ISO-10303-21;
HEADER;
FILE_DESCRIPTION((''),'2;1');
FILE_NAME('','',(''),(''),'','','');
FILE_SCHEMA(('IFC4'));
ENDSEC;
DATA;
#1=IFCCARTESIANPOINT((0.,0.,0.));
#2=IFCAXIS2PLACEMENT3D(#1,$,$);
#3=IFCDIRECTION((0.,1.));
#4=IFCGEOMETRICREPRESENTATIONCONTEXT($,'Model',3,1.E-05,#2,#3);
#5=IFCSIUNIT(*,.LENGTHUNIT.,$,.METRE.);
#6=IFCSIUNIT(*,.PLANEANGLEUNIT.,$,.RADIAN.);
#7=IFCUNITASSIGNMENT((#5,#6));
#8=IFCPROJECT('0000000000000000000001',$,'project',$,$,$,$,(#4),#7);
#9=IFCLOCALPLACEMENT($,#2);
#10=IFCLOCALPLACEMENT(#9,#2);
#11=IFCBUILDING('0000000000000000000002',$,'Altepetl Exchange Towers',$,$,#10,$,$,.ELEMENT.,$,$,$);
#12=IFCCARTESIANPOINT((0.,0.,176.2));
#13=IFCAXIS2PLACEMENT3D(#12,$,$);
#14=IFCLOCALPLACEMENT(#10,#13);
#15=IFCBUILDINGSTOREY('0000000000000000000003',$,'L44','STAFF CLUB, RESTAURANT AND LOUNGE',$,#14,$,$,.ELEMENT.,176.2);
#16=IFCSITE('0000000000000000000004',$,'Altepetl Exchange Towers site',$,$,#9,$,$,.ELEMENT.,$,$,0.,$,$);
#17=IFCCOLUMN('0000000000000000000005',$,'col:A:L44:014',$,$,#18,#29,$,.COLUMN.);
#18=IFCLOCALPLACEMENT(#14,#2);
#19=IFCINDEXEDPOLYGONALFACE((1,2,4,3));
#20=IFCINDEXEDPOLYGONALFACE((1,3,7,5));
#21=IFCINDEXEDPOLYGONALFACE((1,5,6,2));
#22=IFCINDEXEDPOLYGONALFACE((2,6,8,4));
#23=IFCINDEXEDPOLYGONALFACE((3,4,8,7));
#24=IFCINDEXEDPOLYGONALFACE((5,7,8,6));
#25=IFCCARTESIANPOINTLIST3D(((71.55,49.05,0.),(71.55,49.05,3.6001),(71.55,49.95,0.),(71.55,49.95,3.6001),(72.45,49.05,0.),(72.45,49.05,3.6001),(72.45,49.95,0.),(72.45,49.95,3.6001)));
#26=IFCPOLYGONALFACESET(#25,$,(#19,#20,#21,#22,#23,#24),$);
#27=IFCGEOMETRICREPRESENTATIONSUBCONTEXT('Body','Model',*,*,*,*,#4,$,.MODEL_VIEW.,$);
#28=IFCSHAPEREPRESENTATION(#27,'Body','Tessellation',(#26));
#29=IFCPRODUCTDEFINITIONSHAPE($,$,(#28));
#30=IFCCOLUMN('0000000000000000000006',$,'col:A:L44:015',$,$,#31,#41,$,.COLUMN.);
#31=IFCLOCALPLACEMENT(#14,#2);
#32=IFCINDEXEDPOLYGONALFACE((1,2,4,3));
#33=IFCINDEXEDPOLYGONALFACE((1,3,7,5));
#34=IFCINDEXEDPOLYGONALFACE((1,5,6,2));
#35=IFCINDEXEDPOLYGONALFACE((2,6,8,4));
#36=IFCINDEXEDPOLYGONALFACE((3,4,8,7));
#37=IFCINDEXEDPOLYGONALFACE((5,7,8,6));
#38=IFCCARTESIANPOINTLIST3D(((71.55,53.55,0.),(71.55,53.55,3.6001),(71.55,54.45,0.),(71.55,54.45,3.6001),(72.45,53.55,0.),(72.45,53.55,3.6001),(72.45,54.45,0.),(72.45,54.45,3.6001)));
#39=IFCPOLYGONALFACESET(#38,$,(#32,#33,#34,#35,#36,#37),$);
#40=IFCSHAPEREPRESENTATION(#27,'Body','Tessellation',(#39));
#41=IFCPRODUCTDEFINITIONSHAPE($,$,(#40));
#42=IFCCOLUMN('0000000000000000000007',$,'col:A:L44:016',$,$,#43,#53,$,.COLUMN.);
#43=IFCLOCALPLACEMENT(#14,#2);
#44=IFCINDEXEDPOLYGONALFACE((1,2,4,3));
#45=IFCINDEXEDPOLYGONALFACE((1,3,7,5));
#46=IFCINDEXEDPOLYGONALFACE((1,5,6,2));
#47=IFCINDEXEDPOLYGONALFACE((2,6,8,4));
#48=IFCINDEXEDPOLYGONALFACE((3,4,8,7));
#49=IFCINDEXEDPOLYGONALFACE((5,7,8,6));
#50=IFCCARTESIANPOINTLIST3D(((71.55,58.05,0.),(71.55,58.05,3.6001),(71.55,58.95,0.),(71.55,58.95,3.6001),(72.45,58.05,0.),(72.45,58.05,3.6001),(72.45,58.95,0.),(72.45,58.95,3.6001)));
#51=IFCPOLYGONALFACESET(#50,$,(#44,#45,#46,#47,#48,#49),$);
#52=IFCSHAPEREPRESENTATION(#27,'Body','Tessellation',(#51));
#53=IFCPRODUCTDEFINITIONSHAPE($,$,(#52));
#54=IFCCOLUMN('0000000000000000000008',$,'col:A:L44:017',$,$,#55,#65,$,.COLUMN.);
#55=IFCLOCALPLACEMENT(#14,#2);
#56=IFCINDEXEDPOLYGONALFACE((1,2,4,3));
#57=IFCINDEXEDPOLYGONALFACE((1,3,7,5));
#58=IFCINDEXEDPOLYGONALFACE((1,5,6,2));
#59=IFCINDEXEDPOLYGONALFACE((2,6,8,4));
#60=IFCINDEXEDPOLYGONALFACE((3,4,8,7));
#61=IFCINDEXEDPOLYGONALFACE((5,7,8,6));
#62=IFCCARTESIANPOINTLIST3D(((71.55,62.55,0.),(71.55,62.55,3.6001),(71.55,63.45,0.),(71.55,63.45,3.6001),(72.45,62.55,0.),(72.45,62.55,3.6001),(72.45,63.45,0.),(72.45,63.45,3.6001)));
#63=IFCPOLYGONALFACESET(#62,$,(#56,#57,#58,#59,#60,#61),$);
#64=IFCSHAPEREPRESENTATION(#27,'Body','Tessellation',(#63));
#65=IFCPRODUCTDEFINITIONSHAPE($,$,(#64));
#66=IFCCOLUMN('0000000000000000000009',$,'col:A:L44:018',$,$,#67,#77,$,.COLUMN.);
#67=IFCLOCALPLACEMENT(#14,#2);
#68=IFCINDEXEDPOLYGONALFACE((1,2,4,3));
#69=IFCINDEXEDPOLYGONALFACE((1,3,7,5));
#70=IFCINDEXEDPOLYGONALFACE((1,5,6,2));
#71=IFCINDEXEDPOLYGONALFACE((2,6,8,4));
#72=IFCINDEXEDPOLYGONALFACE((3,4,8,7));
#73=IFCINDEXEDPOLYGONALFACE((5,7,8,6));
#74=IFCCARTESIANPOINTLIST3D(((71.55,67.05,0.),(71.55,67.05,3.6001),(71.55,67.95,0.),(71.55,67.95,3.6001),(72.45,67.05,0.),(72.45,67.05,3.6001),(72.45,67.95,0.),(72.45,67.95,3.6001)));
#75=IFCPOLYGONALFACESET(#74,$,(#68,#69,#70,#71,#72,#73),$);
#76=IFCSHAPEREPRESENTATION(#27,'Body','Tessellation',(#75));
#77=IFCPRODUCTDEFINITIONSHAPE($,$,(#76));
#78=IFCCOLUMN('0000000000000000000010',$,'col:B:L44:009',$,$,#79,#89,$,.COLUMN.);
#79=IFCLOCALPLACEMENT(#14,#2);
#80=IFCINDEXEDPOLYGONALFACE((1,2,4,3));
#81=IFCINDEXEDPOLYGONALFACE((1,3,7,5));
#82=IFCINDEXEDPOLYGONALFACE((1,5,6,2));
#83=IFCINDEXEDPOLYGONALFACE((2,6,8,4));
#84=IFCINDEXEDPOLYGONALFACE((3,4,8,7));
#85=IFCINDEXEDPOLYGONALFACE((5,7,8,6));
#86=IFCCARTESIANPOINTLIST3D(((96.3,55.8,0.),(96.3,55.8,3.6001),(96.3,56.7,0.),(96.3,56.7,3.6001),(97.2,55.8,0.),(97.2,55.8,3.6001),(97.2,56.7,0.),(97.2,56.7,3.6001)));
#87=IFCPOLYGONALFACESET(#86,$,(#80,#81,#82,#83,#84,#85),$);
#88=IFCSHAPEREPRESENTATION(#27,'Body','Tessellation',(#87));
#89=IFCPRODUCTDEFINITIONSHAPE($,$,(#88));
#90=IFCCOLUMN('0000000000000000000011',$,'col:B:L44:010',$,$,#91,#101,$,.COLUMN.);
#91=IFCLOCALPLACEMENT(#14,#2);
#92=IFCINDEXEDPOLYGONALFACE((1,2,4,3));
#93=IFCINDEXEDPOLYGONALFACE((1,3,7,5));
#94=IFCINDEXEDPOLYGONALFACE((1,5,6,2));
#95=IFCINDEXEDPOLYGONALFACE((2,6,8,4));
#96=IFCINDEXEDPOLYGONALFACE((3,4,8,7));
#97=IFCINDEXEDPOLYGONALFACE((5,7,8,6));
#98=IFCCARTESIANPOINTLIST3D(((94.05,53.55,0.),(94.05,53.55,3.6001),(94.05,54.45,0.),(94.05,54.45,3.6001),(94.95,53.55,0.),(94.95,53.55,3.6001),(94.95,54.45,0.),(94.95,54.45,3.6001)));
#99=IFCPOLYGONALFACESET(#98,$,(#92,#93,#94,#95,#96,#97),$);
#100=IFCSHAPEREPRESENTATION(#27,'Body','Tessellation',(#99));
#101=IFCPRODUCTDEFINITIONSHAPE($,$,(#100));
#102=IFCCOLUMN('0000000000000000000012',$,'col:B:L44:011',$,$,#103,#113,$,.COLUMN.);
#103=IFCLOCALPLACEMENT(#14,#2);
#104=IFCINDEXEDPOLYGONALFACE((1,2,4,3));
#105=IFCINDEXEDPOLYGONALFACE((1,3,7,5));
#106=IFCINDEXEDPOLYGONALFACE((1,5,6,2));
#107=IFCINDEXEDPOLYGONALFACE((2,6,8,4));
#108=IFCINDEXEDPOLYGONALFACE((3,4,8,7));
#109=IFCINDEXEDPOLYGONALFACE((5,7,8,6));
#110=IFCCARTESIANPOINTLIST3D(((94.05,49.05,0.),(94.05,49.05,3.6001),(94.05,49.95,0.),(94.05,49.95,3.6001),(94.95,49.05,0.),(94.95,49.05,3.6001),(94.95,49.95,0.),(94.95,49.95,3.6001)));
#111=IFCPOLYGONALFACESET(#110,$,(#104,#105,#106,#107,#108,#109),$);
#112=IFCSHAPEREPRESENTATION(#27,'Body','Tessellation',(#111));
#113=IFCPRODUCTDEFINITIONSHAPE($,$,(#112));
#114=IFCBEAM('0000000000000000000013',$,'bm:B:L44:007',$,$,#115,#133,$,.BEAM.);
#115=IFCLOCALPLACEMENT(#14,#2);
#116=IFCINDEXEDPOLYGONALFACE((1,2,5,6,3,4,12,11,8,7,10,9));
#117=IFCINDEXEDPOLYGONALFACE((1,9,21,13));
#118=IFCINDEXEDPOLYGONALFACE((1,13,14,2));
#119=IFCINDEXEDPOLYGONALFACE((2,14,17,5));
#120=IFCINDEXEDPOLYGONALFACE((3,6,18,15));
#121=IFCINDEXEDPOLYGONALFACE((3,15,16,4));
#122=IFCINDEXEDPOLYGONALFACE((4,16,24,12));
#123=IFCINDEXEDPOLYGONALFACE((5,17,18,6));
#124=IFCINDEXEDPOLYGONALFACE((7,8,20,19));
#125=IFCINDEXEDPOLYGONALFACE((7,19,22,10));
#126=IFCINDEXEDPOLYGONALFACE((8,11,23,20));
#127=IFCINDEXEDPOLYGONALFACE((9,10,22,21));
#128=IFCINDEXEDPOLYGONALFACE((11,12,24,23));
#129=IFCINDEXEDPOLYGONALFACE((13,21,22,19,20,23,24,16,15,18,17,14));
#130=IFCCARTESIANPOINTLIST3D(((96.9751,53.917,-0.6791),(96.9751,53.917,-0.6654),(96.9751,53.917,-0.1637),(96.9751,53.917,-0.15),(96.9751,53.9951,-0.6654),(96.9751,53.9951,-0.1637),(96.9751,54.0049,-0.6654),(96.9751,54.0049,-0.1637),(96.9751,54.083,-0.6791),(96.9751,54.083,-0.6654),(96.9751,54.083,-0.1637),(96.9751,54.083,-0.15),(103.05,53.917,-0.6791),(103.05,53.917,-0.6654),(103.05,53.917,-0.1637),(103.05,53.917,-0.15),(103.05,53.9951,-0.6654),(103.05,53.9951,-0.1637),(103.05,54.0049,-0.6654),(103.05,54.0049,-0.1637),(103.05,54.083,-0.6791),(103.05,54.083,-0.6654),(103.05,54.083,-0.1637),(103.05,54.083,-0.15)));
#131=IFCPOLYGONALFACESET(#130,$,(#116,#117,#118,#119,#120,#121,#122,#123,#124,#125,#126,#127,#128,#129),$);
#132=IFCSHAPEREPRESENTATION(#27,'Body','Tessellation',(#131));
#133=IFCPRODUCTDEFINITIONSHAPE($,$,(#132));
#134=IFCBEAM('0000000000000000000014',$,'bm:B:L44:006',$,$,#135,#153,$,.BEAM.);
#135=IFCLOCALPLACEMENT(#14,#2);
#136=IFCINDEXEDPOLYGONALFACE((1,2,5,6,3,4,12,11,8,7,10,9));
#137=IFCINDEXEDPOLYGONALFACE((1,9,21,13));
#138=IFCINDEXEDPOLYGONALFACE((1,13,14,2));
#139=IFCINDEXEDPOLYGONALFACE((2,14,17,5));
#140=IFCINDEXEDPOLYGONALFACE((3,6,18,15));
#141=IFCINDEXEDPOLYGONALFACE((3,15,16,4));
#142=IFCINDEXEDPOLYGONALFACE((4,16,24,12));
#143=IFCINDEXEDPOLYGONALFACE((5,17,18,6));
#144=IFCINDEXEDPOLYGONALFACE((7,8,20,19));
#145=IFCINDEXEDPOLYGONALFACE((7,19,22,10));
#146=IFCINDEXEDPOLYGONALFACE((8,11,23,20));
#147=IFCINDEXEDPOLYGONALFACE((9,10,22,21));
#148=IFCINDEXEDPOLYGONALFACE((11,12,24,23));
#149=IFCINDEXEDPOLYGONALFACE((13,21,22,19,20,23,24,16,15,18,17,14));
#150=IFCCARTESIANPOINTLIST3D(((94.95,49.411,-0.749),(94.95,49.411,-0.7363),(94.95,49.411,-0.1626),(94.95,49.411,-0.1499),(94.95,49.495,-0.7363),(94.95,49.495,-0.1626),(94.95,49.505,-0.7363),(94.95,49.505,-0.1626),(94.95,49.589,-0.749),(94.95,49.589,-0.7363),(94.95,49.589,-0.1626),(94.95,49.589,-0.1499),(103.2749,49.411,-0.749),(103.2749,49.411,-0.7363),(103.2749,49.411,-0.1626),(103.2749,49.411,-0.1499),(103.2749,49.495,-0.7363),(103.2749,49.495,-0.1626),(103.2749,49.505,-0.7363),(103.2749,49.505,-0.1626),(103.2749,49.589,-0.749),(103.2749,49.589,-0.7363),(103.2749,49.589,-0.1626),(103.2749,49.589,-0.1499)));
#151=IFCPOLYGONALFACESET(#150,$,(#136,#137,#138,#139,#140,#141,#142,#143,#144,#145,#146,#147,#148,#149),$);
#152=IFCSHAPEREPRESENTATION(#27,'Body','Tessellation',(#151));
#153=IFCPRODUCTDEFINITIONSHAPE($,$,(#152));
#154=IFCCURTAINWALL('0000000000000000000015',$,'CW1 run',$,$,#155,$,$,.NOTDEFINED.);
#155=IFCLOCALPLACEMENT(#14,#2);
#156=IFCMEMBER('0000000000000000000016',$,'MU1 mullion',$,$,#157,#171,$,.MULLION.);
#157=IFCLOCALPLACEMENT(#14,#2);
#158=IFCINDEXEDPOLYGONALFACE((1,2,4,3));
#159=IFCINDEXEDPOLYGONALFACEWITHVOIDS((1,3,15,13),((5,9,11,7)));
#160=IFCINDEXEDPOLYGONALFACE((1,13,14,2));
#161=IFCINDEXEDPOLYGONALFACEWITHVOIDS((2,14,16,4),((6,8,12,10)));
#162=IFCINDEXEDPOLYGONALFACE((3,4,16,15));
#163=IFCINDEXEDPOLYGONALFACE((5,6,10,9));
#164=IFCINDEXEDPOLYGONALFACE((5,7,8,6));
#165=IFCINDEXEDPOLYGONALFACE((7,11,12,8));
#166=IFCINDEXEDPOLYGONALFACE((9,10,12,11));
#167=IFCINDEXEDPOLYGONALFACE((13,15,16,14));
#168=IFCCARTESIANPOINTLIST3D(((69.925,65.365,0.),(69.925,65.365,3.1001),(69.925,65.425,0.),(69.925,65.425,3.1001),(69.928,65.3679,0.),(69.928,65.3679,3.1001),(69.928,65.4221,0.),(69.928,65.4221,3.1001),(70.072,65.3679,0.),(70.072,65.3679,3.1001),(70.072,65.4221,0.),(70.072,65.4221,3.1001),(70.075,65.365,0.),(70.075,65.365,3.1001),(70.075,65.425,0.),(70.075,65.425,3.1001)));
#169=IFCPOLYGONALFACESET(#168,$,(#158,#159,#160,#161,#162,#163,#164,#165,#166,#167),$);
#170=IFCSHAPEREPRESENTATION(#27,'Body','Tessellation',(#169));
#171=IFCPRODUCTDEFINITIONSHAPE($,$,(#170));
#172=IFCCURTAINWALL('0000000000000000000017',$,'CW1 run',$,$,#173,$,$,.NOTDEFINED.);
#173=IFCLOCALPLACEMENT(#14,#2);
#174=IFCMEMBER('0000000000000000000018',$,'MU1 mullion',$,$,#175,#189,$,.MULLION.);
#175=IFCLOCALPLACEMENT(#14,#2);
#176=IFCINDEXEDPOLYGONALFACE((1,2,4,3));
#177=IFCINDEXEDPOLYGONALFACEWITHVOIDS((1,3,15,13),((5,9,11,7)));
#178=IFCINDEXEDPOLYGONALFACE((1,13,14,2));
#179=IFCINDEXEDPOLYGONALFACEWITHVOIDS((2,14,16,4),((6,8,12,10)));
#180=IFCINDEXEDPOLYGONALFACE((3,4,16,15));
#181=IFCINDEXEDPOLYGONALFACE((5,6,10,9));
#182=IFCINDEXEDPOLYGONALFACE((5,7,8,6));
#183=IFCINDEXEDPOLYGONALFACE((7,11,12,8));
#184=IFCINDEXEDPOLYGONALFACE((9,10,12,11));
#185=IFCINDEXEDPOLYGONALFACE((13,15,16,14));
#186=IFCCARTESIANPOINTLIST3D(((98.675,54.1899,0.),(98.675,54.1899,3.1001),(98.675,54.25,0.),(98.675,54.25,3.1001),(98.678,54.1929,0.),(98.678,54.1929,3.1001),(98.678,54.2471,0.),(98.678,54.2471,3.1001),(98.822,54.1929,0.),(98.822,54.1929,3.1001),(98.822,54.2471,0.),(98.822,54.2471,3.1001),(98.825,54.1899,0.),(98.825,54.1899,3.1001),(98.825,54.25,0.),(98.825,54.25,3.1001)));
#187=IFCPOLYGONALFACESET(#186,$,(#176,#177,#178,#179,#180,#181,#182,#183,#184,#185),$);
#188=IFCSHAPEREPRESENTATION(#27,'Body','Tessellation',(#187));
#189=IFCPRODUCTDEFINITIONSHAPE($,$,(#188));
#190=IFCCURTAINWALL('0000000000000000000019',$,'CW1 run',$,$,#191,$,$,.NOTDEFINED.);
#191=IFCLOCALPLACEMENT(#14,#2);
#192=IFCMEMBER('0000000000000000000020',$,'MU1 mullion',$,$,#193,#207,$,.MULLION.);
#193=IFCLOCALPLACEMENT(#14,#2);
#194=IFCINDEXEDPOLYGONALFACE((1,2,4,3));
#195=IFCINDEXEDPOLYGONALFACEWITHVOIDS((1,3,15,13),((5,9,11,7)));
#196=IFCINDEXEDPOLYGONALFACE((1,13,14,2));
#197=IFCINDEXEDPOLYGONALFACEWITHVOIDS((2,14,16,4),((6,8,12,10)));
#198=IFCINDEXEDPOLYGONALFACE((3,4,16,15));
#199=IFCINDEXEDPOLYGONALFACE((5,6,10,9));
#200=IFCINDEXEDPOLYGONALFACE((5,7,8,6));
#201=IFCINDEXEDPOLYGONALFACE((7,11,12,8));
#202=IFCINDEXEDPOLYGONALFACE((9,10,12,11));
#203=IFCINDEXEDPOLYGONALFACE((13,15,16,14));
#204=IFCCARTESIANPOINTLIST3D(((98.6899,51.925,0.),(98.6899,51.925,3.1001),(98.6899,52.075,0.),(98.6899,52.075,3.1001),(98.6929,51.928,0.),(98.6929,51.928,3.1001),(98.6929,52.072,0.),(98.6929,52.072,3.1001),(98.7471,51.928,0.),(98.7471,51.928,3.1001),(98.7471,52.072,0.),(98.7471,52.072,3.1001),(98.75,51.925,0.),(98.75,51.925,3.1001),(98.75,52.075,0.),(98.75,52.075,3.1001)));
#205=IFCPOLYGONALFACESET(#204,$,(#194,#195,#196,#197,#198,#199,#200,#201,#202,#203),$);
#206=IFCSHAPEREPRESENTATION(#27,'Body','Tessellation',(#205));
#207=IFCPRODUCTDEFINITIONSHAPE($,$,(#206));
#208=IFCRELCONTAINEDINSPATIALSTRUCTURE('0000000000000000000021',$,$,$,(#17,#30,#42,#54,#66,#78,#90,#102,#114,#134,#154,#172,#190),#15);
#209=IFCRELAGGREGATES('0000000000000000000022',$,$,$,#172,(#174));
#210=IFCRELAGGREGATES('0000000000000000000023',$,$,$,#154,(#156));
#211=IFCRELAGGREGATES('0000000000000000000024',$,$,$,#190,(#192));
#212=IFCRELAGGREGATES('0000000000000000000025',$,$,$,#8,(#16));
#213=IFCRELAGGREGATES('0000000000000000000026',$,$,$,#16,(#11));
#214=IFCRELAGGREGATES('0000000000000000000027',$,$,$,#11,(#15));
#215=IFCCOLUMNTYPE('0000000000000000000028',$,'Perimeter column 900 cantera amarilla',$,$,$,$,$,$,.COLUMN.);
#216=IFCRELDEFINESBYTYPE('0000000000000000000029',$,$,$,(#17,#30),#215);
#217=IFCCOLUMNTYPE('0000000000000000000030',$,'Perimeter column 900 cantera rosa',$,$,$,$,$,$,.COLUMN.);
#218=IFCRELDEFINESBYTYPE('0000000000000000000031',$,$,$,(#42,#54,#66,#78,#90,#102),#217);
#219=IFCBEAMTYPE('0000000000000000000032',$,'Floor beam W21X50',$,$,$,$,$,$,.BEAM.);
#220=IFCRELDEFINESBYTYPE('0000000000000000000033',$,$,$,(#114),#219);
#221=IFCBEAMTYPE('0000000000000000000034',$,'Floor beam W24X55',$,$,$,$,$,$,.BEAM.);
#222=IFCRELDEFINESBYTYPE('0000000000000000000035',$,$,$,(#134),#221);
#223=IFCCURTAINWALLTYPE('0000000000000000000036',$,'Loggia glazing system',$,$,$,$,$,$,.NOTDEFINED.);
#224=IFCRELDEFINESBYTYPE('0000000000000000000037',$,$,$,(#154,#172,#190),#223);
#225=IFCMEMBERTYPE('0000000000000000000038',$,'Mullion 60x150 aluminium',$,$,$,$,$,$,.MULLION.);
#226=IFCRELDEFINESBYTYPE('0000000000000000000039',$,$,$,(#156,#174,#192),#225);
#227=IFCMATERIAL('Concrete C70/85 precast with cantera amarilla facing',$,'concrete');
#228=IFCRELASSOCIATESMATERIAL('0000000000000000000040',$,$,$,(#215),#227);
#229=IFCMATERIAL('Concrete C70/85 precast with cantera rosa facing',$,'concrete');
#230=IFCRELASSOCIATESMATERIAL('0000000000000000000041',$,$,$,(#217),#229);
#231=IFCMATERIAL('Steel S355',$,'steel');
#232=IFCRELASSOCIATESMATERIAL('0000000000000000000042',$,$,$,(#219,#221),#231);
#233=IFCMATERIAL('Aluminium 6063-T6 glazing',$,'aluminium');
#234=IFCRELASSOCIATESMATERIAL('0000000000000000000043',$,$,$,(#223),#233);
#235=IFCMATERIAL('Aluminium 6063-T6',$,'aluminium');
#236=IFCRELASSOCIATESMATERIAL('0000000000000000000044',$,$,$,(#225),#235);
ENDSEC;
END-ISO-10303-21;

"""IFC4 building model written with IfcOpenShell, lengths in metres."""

from ifc_helpers import new_model, si_unit, direction, frame, origin, origin_2d, place, context, subcontext, project, spatial, rectangle, hollow_rectangle, i_section, extrude, material, material_profile, profile_set, type_object, element, aggregate, save


model = new_model("IFC4")

# Units and contexts
model_context = context("Model", 3, precision=1e-05, world=origin(), true_north=direction((0.0, 1.0)))
body_context = subcontext(model_context, "Body", "Model", "MODEL_VIEW")
ifc_project = project(units=[si_unit("LENGTHUNIT", "METRE"), si_unit("PLANEANGLEUNIT", "RADIAN")], contexts=[model_context])

# Site, building, storey
site_placement = place(None, origin())
site = spatial("IfcSite", under=ifc_project, at=site_placement, Name="Altepetl Exchange Towers site", CompositionType="ELEMENT", RefElevation=0.0)
building_placement = place(site_placement, origin())
building = spatial("IfcBuilding", under=site, at=building_placement, Name="Altepetl Exchange Towers", CompositionType="ELEMENT")
storey_placement = place(building_placement, frame((0.0, 0.0, 176.2)))
storey = spatial("IfcBuildingStorey", under=building, at=storey_placement, Name="L44", Description="STAFF CLUB, RESTAURANT AND LOUNGE", CompositionType="ELEMENT", Elevation=176.2)

# Columns
ifc_material_1 = material(Name="Concrete C70/85 precast with cantera amarilla facing", Category="concrete")
ifc_material_profile_1 = material_profile(ifc_material_1, rectangle(XDim=0.8999, YDim=0.8999, at=origin_2d()), Name="900 x 900")
ifc_profile_set_1 = profile_set([ifc_material_profile_1], Name="Concrete C70/85 precast with cantera amarilla facing")
column_type_1 = type_object("IfcColumnType", Name="Perimeter column 900 cantera amarilla", PredefinedType="COLUMN", material=ifc_profile_set_1)
for number, where, name in (
    (1, (72.0, 49.5, 0.0), "col:A:L44:014"),
    (2, (72.0, 54.0, 0.0), "col:A:L44:015"),
):
    element("IfcColumn", number, at=place(storey_placement, frame(where)), inside=storey, type_object=column_type_1, Name=name, PredefinedType="COLUMN", context=body_context, shape_type="SweptSolid", body=[
        extrude(rectangle(XDim=0.8999, YDim=0.8999, at=origin_2d()), origin(), (0.0, 0.0, 1.0), 3.6001),
    ])
ifc_material_2 = material(Name="Concrete C70/85 precast with cantera rosa facing", Category="concrete")
ifc_material_profile_2 = material_profile(ifc_material_2, rectangle(XDim=0.8999, YDim=0.8999, at=origin_2d()), Name="900 x 900")
ifc_profile_set_2 = profile_set([ifc_material_profile_2], Name="Concrete C70/85 precast with cantera rosa facing")
column_type_2 = type_object("IfcColumnType", Name="Perimeter column 900 cantera rosa", PredefinedType="COLUMN", material=ifc_profile_set_2)
for number, where, name in (
    (3, (72.0, 58.5, 0.0), "col:A:L44:016"),
    (4, (72.0, 63.0, 0.0), "col:A:L44:017"),
    (5, (72.0, 67.5, 0.0), "col:A:L44:018"),
    (6, (96.75, 56.25, 0.0), "col:B:L44:009"),
    (7, (94.5, 54.0, 0.0), "col:B:L44:010"),
    (8, (94.5, 49.5, 0.0), "col:B:L44:011"),
):
    element("IfcColumn", number, at=place(storey_placement, frame(where)), inside=storey, type_object=column_type_2, Name=name, PredefinedType="COLUMN", context=body_context, shape_type="SweptSolid", body=[
        extrude(rectangle(XDim=0.8999, YDim=0.8999, at=origin_2d()), origin(), (0.0, 0.0, 1.0), 3.6001),
    ])

# Beams
ifc_material_3 = material(Name="Steel S355", Category="steel")
ifc_material_profile_3 = material_profile(ifc_material_3, i_section(OverallWidth=0.166, OverallDepth=0.5291, WebThickness=0.0098, FlangeThickness=0.0137, at=origin_2d()), Name="W21X50")
ifc_profile_set_3 = profile_set([ifc_material_profile_3], Name="Steel S355")
beam_type_1 = type_object("IfcBeamType", Name="Floor beam W21X50", PredefinedType="BEAM", material=ifc_profile_set_3)
beam_1_placement = place(storey_placement, frame((96.9751, 54.0, -0.4146), z_axis=(1.0, 0.0, 0.0), x_axis=(0.0, 1.0, 0.0)))
element("IfcBeam", 9, at=beam_1_placement, inside=storey, type_object=beam_type_1, Name="bm:B:L44:007", PredefinedType="BEAM", context=body_context, shape_type="SweptSolid", body=[
    extrude(i_section(OverallWidth=0.166, OverallDepth=0.5291, WebThickness=0.0098, FlangeThickness=0.0137, at=origin_2d()), origin(), (0.0, 0.0, 1.0), 6.075),
])
ifc_material_profile_4 = material_profile(ifc_material_3, i_section(OverallWidth=0.178, OverallDepth=0.5991, WebThickness=0.01, FlangeThickness=0.0127, at=origin_2d()), Name="W24X55")
ifc_profile_set_4 = profile_set([ifc_material_profile_4], Name="Steel S355")
beam_type_2 = type_object("IfcBeamType", Name="Floor beam W24X55", PredefinedType="BEAM", material=ifc_profile_set_4)
beam_2_placement = place(storey_placement, frame((94.95, 49.5, -0.4495), z_axis=(1.0, 0.0, 0.0), x_axis=(0.0, 1.0, 0.0)))
element("IfcBeam", 10, at=beam_2_placement, inside=storey, type_object=beam_type_2, Name="bm:B:L44:006", PredefinedType="BEAM", context=body_context, shape_type="SweptSolid", body=[
    extrude(i_section(OverallWidth=0.178, OverallDepth=0.5991, WebThickness=0.01, FlangeThickness=0.0127, at=origin_2d()), origin(), (0.0, 0.0, 1.0), 8.325),
])

# Curtain walls, members
ifc_material_4 = material(Name="Aluminium 6063-T6 glazing", Category="aluminium")
curtain_wall_type = type_object("IfcCurtainWallType", Name="Loggia glazing system", PredefinedType="NOTDEFINED", material=ifc_material_4)
curtain_wall_1_placement = place(storey_placement, origin())
curtain_wall_1 = element("IfcCurtainWall", 11, at=curtain_wall_1_placement, inside=storey, type_object=curtain_wall_type, Name="CW1 run", PredefinedType="NOTDEFINED")
ifc_material_5 = material(Name="Aluminium 6063-T6", Category="aluminium")
ifc_material_profile_5 = material_profile(ifc_material_5, hollow_rectangle(XDim=0.0601, YDim=0.1499, WallThickness=0.0029, at=origin_2d()), Name="Mullion 60x150 aluminium")
ifc_profile_set_5 = profile_set([ifc_material_profile_5], Name="Aluminium 6063-T6")
member_type = type_object("IfcMemberType", Name="Mullion 60x150 aluminium", PredefinedType="MULLION", material=ifc_profile_set_5)
member_1_placement = place(storey_placement, frame((70.0, 65.395, 0.0), z_axis=(0.0, 0.0, 1.0), x_axis=(0.0, 1.0, 0.0)))
member_1 = element("IfcMember", 12, at=member_1_placement, type_object=member_type, Name="MU1 mullion", PredefinedType="MULLION", context=body_context, shape_type="SweptSolid", body=[
    extrude(hollow_rectangle(XDim=0.0601, YDim=0.1499, WallThickness=0.0029, at=origin_2d()), origin(), (0.0, 0.0, 1.0), 3.1001),
])
curtain_wall_2_placement = place(storey_placement, origin())
curtain_wall_2 = element("IfcCurtainWall", 13, at=curtain_wall_2_placement, inside=storey, type_object=curtain_wall_type, Name="CW1 run", PredefinedType="NOTDEFINED")
member_2_placement = place(storey_placement, frame((98.75, 54.22, 0.0), z_axis=(0.0, 0.0, 1.0), x_axis=(0.0, -1.0, 0.0)))
member_2 = element("IfcMember", 14, at=member_2_placement, type_object=member_type, Name="MU1 mullion", PredefinedType="MULLION", context=body_context, shape_type="SweptSolid", body=[
    extrude(hollow_rectangle(XDim=0.0601, YDim=0.1499, WallThickness=0.0029, at=origin_2d()), origin(), (0.0, 0.0, 1.0), 3.1001),
])
aggregate(curtain_wall_2, [member_2])

# Curtain wall, member
curtain_wall_3_placement = place(storey_placement, origin())
curtain_wall_3 = element("IfcCurtainWall", 15, at=curtain_wall_3_placement, inside=storey, type_object=curtain_wall_type, Name="CW1 run", PredefinedType="NOTDEFINED")
member_3_placement = place(storey_placement, frame((98.72, 52.0, 0.0), z_axis=(0.0, 0.0, 1.0), x_axis=(-1.0, 0.0, 0.0)))
member_3 = element("IfcMember", 16, at=member_3_placement, type_object=member_type, Name="MU1 mullion", PredefinedType="MULLION", context=body_context, shape_type="SweptSolid", body=[
    extrude(hollow_rectangle(XDim=0.0601, YDim=0.1499, WallThickness=0.0029, at=origin_2d()), origin(), (0.0, 0.0, 1.0), 3.1001),
])

aggregate(curtain_wall_1, [member_1])
aggregate(curtain_wall_3, [member_3])

save(model, "model.ifc")
